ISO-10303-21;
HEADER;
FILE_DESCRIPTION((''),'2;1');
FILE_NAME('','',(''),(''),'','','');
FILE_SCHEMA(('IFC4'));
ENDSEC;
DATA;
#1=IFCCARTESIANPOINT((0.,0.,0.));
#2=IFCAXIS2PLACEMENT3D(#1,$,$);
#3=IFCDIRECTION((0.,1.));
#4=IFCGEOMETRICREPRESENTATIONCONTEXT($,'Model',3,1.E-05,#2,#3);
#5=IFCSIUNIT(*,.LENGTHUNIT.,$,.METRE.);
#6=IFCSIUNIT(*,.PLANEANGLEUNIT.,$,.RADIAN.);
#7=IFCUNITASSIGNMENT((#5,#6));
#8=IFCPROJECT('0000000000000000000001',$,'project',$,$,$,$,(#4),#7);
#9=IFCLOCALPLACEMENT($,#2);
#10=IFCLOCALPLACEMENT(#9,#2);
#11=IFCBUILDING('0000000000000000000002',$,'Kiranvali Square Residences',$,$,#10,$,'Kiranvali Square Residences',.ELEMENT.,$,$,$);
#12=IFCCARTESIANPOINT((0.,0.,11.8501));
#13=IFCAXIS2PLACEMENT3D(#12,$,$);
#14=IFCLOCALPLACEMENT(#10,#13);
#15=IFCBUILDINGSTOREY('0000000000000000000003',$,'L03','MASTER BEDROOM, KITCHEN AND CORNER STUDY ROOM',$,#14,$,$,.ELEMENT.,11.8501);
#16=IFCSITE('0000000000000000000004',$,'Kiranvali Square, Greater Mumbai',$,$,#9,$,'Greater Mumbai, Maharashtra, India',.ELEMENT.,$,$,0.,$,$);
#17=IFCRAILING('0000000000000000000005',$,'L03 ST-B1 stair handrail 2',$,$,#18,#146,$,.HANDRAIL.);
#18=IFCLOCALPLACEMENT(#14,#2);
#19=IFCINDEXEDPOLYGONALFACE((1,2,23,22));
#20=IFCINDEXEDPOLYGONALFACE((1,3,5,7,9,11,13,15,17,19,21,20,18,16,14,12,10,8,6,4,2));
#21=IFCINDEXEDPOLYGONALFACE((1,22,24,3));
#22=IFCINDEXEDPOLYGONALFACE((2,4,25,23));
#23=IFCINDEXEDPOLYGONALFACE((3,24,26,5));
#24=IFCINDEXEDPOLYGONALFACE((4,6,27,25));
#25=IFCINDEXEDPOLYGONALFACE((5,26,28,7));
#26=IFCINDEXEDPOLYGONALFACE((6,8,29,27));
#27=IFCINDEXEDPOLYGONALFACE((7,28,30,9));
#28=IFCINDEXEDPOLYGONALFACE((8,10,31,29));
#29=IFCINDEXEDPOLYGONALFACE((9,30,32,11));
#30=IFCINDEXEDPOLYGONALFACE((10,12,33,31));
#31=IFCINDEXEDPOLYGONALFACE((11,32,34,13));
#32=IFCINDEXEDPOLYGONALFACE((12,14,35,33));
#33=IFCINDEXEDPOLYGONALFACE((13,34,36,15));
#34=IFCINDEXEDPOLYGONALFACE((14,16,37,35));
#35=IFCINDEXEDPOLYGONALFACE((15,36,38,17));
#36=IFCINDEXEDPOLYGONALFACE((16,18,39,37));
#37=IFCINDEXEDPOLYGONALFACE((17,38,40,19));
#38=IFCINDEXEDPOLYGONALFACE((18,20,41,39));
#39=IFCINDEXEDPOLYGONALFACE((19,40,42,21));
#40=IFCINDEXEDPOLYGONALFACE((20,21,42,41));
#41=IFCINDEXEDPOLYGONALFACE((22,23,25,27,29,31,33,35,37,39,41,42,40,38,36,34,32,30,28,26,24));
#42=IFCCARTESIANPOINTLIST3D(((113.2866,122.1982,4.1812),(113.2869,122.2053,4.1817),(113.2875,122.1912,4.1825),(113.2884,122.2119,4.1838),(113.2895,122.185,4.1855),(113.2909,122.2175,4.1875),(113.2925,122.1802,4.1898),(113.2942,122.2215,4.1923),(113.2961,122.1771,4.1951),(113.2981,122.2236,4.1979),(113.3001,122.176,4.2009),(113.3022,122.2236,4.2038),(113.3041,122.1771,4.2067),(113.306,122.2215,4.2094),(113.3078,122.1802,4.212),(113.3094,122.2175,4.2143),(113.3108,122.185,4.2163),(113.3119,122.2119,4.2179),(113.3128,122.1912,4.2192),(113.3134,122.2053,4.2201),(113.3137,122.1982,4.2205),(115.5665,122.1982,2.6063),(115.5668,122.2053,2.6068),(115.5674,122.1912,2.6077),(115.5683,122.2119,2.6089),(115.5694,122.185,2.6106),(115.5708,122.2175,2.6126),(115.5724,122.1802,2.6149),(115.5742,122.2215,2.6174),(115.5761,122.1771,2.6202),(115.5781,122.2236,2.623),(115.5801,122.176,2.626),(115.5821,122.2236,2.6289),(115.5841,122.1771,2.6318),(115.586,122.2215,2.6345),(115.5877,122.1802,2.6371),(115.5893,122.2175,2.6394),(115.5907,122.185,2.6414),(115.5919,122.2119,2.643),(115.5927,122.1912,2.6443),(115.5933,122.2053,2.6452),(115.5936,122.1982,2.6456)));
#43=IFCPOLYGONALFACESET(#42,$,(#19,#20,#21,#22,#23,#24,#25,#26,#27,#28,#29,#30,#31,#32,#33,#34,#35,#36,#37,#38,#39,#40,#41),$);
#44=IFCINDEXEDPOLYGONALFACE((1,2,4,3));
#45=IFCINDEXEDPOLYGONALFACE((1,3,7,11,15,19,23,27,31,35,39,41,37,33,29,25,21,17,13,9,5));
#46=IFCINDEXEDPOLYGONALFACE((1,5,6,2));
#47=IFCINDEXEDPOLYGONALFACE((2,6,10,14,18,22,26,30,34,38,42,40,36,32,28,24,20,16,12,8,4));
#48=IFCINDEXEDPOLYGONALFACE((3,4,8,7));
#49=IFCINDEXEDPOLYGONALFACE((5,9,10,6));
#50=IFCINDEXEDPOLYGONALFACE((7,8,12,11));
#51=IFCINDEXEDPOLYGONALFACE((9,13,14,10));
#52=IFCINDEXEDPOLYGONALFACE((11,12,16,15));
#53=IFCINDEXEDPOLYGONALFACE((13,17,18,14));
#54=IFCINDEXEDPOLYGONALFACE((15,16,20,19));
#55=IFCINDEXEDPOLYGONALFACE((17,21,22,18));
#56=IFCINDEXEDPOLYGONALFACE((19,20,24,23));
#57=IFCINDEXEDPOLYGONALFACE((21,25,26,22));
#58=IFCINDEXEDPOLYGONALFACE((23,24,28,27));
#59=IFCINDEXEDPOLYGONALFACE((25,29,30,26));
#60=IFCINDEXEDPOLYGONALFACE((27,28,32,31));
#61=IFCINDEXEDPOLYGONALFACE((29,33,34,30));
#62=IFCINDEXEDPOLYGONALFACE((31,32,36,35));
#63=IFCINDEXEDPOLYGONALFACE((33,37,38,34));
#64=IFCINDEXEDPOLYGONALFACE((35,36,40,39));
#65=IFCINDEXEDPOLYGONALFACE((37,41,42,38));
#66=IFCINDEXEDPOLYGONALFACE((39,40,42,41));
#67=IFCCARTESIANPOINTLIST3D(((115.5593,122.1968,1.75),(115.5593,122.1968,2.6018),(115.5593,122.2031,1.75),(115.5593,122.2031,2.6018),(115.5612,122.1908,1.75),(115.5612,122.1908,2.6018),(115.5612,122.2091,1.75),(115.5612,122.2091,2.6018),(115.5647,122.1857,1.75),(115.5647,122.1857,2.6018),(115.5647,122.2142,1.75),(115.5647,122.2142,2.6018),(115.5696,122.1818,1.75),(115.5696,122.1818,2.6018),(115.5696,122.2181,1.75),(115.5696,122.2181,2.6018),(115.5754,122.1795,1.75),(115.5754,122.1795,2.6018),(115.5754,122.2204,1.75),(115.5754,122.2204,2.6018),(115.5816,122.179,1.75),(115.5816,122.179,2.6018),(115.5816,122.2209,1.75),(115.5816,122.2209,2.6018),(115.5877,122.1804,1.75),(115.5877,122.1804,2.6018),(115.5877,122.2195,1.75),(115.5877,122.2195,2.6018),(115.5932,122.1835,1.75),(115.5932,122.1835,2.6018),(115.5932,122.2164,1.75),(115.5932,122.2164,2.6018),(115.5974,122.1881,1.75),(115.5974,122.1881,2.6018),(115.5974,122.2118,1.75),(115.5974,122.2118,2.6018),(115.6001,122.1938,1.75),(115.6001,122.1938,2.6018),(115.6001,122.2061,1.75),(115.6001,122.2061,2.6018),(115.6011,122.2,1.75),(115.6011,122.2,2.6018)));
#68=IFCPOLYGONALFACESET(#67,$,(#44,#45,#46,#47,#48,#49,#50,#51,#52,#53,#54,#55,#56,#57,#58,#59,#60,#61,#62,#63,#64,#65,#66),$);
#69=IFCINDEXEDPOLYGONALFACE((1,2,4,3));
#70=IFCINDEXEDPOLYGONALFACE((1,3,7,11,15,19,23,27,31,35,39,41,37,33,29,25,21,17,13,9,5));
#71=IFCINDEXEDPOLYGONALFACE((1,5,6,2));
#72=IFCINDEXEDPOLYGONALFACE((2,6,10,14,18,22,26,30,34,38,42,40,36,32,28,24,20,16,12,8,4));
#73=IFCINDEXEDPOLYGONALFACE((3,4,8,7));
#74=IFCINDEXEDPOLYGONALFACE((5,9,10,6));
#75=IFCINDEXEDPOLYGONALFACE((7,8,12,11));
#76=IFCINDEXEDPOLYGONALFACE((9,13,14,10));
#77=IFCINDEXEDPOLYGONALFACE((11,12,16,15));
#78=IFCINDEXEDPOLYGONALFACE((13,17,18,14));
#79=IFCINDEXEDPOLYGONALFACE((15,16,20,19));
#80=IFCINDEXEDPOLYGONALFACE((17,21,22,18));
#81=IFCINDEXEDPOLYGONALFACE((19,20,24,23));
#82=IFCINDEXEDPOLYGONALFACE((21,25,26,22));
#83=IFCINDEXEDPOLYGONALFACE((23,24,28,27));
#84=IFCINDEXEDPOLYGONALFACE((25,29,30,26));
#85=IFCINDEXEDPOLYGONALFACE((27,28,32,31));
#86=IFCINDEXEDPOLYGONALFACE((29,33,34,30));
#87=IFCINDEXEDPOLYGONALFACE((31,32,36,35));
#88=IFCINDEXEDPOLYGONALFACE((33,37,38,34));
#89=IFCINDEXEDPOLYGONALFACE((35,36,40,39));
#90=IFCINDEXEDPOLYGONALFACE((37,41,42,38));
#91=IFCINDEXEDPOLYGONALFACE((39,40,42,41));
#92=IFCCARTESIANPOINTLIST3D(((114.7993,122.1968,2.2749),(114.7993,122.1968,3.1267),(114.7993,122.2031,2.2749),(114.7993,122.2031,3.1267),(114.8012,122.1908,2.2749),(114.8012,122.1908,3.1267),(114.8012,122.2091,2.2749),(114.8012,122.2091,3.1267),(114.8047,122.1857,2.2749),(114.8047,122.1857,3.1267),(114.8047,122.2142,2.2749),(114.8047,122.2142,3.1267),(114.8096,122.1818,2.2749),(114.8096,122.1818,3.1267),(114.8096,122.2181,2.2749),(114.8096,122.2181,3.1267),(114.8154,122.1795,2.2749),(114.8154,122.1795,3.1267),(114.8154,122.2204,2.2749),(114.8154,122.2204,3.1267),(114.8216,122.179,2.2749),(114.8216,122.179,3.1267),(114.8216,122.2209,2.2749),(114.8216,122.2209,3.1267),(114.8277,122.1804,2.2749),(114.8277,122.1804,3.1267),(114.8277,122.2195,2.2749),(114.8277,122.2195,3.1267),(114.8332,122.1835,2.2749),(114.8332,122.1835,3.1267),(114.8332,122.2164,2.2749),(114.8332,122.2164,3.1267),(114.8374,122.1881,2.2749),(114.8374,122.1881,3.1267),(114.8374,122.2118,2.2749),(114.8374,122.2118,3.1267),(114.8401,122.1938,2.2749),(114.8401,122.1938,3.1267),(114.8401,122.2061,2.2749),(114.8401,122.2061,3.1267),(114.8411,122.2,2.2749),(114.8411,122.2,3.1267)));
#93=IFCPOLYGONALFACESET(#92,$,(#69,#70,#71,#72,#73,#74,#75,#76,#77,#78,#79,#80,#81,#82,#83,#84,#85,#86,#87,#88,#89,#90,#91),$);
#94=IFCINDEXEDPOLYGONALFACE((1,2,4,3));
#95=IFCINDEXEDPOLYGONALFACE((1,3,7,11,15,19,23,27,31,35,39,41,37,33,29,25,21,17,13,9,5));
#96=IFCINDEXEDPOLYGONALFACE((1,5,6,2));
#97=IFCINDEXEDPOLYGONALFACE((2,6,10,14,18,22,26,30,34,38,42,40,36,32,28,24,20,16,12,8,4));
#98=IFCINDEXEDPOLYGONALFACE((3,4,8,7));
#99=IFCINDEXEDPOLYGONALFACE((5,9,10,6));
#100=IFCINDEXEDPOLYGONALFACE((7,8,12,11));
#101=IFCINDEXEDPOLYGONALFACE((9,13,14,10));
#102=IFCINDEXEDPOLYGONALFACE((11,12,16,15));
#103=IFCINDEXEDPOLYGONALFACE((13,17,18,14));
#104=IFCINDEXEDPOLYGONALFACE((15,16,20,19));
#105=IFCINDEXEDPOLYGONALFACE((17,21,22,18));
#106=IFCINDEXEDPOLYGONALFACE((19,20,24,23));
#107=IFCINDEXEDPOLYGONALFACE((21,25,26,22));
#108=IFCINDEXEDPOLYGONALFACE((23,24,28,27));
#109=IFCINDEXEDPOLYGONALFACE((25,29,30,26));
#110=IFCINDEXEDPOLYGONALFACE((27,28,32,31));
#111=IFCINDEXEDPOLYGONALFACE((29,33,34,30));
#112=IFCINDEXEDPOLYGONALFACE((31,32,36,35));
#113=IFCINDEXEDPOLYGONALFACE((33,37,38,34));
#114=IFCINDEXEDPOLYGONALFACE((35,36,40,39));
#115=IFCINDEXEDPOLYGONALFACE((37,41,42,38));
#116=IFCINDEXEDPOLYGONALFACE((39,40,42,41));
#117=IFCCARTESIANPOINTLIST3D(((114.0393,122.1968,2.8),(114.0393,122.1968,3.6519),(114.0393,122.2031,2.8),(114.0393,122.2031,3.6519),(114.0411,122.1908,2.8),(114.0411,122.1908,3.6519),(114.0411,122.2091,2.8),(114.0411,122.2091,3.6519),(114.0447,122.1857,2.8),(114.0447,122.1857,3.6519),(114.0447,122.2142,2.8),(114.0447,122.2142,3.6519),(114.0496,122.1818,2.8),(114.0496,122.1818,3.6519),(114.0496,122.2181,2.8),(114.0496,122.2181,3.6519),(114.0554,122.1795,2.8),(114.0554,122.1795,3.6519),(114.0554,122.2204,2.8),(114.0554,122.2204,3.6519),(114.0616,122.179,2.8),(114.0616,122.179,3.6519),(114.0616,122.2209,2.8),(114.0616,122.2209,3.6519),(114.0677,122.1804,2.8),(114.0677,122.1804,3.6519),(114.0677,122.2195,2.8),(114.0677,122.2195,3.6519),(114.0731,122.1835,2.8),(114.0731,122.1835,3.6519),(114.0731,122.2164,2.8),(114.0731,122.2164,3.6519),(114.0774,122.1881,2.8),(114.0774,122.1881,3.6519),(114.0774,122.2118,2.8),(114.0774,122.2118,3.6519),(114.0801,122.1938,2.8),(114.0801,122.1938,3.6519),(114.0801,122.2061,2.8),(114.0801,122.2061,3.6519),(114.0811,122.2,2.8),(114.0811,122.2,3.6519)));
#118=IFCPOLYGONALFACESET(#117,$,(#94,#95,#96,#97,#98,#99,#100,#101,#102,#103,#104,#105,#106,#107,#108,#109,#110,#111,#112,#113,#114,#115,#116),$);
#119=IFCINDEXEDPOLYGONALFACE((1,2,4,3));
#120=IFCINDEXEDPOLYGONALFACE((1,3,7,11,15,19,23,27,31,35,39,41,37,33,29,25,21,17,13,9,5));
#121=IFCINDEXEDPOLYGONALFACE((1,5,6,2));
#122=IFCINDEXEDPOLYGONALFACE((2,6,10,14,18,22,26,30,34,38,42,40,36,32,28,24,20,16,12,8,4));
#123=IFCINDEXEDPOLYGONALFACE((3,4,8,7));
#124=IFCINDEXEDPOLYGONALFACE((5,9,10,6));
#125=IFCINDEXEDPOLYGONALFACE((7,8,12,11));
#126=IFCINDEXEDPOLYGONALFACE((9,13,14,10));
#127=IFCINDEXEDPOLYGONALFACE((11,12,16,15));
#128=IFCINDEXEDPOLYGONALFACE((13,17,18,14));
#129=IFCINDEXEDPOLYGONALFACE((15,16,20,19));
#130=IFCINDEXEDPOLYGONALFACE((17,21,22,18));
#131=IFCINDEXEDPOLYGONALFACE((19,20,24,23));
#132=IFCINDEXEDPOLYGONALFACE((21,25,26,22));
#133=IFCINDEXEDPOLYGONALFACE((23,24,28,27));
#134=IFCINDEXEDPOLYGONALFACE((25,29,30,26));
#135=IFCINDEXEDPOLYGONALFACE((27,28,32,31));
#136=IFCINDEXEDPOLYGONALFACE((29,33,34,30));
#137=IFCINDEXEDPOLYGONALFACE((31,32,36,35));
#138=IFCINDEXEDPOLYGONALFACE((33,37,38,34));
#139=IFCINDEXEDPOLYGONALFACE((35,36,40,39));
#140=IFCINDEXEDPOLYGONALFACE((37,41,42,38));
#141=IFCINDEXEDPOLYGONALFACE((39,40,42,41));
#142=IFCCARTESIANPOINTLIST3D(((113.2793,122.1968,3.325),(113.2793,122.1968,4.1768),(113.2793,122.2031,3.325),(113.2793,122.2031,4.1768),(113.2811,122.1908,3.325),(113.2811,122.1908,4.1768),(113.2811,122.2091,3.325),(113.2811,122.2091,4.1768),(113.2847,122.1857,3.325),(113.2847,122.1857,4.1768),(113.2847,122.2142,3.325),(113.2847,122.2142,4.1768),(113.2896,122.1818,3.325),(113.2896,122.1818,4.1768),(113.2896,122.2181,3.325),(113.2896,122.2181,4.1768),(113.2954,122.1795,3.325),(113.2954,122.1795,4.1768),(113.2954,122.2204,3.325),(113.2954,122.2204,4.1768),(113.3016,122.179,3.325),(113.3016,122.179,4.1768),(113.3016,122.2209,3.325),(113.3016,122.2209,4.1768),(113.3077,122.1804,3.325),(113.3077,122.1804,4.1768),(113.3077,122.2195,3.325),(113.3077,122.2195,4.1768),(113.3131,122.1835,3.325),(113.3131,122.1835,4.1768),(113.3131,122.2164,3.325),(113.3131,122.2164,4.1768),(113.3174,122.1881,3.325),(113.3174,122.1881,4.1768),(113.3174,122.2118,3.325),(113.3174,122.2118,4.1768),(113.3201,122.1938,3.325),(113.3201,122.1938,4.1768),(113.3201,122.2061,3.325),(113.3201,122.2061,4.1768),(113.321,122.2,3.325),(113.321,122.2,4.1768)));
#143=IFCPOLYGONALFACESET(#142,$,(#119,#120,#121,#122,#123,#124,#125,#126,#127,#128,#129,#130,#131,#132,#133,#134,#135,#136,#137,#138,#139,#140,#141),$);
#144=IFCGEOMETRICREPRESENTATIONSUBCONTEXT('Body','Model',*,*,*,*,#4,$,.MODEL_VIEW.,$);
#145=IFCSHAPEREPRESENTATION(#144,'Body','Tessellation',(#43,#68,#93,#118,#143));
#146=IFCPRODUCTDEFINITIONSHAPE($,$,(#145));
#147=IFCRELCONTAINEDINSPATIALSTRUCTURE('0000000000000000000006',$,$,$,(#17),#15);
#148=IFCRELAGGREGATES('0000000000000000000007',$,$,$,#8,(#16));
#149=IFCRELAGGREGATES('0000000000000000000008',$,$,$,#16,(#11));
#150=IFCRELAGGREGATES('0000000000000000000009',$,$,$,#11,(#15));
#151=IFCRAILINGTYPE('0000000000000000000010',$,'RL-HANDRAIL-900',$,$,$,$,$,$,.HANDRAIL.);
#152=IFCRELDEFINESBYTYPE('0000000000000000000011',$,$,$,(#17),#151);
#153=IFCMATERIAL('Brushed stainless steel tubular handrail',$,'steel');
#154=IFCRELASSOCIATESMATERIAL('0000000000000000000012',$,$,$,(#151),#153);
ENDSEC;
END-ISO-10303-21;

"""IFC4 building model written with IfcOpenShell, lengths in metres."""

from ifc_helpers import new_model, si_unit, direction, frame, origin, origin_2d, place, context, subcontext, project, spatial, circle, extrude, material, type_object, element, save


model = new_model("IFC4")

# Units and contexts
model_context = context("Model", 3, precision=1e-05, world=origin(), true_north=direction((0.0, 1.0)))
body_context = subcontext(model_context, "Body", "Model", "MODEL_VIEW")
ifc_project = project(units=[si_unit("LENGTHUNIT", "METRE"), si_unit("PLANEANGLEUNIT", "RADIAN")], contexts=[model_context])

# Site, building, storey
site_placement = place(None, origin())
site = spatial("IfcSite", under=ifc_project, at=site_placement, Name="Kiranvali Square, Greater Mumbai", LongName="Greater Mumbai, Maharashtra, India", CompositionType="ELEMENT", RefElevation=0.0)
building_placement = place(site_placement, origin())
building = spatial("IfcBuilding", under=site, at=building_placement, Name="Kiranvali Square Residences", LongName="Kiranvali Square Residences", CompositionType="ELEMENT")
storey_placement = place(building_placement, frame((0.0, 0.0, 11.8501)))
storey = spatial("IfcBuildingStorey", under=building, at=storey_placement, Name="L03", Description="MASTER BEDROOM, KITCHEN AND CORNER STUDY ROOM", CompositionType="ELEMENT", Elevation=11.8501)

# Railing
ifc_material_1 = material(Name="Brushed stainless steel tubular handrail", Category="steel")
railing_type_1 = type_object("IfcRailingType", Name="RL-HANDRAIL-900", PredefinedType="HANDRAIL", material=ifc_material_1)
railing_1_placement = place(storey_placement, frame((115.5801, 122.2, 1.75)))
element("IfcRailing", 1, at=railing_1_placement, inside=storey, type_object=railing_type_1, Name="L03 ST-B1 stair handrail 2", PredefinedType="HANDRAIL", context=body_context, shape_type="SweptSolid", body=[
    extrude(circle(Radius=0.0239, at=origin_2d()), frame((0.0, 0.0, 0.876), z_axis=(-0.822788, 0.0, 0.568348), x_axis=(0.0, -1.0, 0.0)), (0.0, 0.0, 1.0), 2.771),
    extrude(circle(Radius=0.021, at=origin_2d()), origin(), (0.0, 0.0, 1.0), 0.8518),
    extrude(circle(Radius=0.021, at=origin_2d()), frame((-0.76, 0.0, 0.5249)), (0.0, 0.0, 1.0), 0.8518),
    extrude(circle(Radius=0.021, at=origin_2d()), frame((-1.52, 0.0, 1.05)), (0.0, 0.0, 1.0), 0.8518),
    extrude(circle(Radius=0.021, at=origin_2d()), frame((-2.28, 0.0, 1.575)), (0.0, 0.0, 1.0), 0.8518),
])

save(model, "model.ifc")
